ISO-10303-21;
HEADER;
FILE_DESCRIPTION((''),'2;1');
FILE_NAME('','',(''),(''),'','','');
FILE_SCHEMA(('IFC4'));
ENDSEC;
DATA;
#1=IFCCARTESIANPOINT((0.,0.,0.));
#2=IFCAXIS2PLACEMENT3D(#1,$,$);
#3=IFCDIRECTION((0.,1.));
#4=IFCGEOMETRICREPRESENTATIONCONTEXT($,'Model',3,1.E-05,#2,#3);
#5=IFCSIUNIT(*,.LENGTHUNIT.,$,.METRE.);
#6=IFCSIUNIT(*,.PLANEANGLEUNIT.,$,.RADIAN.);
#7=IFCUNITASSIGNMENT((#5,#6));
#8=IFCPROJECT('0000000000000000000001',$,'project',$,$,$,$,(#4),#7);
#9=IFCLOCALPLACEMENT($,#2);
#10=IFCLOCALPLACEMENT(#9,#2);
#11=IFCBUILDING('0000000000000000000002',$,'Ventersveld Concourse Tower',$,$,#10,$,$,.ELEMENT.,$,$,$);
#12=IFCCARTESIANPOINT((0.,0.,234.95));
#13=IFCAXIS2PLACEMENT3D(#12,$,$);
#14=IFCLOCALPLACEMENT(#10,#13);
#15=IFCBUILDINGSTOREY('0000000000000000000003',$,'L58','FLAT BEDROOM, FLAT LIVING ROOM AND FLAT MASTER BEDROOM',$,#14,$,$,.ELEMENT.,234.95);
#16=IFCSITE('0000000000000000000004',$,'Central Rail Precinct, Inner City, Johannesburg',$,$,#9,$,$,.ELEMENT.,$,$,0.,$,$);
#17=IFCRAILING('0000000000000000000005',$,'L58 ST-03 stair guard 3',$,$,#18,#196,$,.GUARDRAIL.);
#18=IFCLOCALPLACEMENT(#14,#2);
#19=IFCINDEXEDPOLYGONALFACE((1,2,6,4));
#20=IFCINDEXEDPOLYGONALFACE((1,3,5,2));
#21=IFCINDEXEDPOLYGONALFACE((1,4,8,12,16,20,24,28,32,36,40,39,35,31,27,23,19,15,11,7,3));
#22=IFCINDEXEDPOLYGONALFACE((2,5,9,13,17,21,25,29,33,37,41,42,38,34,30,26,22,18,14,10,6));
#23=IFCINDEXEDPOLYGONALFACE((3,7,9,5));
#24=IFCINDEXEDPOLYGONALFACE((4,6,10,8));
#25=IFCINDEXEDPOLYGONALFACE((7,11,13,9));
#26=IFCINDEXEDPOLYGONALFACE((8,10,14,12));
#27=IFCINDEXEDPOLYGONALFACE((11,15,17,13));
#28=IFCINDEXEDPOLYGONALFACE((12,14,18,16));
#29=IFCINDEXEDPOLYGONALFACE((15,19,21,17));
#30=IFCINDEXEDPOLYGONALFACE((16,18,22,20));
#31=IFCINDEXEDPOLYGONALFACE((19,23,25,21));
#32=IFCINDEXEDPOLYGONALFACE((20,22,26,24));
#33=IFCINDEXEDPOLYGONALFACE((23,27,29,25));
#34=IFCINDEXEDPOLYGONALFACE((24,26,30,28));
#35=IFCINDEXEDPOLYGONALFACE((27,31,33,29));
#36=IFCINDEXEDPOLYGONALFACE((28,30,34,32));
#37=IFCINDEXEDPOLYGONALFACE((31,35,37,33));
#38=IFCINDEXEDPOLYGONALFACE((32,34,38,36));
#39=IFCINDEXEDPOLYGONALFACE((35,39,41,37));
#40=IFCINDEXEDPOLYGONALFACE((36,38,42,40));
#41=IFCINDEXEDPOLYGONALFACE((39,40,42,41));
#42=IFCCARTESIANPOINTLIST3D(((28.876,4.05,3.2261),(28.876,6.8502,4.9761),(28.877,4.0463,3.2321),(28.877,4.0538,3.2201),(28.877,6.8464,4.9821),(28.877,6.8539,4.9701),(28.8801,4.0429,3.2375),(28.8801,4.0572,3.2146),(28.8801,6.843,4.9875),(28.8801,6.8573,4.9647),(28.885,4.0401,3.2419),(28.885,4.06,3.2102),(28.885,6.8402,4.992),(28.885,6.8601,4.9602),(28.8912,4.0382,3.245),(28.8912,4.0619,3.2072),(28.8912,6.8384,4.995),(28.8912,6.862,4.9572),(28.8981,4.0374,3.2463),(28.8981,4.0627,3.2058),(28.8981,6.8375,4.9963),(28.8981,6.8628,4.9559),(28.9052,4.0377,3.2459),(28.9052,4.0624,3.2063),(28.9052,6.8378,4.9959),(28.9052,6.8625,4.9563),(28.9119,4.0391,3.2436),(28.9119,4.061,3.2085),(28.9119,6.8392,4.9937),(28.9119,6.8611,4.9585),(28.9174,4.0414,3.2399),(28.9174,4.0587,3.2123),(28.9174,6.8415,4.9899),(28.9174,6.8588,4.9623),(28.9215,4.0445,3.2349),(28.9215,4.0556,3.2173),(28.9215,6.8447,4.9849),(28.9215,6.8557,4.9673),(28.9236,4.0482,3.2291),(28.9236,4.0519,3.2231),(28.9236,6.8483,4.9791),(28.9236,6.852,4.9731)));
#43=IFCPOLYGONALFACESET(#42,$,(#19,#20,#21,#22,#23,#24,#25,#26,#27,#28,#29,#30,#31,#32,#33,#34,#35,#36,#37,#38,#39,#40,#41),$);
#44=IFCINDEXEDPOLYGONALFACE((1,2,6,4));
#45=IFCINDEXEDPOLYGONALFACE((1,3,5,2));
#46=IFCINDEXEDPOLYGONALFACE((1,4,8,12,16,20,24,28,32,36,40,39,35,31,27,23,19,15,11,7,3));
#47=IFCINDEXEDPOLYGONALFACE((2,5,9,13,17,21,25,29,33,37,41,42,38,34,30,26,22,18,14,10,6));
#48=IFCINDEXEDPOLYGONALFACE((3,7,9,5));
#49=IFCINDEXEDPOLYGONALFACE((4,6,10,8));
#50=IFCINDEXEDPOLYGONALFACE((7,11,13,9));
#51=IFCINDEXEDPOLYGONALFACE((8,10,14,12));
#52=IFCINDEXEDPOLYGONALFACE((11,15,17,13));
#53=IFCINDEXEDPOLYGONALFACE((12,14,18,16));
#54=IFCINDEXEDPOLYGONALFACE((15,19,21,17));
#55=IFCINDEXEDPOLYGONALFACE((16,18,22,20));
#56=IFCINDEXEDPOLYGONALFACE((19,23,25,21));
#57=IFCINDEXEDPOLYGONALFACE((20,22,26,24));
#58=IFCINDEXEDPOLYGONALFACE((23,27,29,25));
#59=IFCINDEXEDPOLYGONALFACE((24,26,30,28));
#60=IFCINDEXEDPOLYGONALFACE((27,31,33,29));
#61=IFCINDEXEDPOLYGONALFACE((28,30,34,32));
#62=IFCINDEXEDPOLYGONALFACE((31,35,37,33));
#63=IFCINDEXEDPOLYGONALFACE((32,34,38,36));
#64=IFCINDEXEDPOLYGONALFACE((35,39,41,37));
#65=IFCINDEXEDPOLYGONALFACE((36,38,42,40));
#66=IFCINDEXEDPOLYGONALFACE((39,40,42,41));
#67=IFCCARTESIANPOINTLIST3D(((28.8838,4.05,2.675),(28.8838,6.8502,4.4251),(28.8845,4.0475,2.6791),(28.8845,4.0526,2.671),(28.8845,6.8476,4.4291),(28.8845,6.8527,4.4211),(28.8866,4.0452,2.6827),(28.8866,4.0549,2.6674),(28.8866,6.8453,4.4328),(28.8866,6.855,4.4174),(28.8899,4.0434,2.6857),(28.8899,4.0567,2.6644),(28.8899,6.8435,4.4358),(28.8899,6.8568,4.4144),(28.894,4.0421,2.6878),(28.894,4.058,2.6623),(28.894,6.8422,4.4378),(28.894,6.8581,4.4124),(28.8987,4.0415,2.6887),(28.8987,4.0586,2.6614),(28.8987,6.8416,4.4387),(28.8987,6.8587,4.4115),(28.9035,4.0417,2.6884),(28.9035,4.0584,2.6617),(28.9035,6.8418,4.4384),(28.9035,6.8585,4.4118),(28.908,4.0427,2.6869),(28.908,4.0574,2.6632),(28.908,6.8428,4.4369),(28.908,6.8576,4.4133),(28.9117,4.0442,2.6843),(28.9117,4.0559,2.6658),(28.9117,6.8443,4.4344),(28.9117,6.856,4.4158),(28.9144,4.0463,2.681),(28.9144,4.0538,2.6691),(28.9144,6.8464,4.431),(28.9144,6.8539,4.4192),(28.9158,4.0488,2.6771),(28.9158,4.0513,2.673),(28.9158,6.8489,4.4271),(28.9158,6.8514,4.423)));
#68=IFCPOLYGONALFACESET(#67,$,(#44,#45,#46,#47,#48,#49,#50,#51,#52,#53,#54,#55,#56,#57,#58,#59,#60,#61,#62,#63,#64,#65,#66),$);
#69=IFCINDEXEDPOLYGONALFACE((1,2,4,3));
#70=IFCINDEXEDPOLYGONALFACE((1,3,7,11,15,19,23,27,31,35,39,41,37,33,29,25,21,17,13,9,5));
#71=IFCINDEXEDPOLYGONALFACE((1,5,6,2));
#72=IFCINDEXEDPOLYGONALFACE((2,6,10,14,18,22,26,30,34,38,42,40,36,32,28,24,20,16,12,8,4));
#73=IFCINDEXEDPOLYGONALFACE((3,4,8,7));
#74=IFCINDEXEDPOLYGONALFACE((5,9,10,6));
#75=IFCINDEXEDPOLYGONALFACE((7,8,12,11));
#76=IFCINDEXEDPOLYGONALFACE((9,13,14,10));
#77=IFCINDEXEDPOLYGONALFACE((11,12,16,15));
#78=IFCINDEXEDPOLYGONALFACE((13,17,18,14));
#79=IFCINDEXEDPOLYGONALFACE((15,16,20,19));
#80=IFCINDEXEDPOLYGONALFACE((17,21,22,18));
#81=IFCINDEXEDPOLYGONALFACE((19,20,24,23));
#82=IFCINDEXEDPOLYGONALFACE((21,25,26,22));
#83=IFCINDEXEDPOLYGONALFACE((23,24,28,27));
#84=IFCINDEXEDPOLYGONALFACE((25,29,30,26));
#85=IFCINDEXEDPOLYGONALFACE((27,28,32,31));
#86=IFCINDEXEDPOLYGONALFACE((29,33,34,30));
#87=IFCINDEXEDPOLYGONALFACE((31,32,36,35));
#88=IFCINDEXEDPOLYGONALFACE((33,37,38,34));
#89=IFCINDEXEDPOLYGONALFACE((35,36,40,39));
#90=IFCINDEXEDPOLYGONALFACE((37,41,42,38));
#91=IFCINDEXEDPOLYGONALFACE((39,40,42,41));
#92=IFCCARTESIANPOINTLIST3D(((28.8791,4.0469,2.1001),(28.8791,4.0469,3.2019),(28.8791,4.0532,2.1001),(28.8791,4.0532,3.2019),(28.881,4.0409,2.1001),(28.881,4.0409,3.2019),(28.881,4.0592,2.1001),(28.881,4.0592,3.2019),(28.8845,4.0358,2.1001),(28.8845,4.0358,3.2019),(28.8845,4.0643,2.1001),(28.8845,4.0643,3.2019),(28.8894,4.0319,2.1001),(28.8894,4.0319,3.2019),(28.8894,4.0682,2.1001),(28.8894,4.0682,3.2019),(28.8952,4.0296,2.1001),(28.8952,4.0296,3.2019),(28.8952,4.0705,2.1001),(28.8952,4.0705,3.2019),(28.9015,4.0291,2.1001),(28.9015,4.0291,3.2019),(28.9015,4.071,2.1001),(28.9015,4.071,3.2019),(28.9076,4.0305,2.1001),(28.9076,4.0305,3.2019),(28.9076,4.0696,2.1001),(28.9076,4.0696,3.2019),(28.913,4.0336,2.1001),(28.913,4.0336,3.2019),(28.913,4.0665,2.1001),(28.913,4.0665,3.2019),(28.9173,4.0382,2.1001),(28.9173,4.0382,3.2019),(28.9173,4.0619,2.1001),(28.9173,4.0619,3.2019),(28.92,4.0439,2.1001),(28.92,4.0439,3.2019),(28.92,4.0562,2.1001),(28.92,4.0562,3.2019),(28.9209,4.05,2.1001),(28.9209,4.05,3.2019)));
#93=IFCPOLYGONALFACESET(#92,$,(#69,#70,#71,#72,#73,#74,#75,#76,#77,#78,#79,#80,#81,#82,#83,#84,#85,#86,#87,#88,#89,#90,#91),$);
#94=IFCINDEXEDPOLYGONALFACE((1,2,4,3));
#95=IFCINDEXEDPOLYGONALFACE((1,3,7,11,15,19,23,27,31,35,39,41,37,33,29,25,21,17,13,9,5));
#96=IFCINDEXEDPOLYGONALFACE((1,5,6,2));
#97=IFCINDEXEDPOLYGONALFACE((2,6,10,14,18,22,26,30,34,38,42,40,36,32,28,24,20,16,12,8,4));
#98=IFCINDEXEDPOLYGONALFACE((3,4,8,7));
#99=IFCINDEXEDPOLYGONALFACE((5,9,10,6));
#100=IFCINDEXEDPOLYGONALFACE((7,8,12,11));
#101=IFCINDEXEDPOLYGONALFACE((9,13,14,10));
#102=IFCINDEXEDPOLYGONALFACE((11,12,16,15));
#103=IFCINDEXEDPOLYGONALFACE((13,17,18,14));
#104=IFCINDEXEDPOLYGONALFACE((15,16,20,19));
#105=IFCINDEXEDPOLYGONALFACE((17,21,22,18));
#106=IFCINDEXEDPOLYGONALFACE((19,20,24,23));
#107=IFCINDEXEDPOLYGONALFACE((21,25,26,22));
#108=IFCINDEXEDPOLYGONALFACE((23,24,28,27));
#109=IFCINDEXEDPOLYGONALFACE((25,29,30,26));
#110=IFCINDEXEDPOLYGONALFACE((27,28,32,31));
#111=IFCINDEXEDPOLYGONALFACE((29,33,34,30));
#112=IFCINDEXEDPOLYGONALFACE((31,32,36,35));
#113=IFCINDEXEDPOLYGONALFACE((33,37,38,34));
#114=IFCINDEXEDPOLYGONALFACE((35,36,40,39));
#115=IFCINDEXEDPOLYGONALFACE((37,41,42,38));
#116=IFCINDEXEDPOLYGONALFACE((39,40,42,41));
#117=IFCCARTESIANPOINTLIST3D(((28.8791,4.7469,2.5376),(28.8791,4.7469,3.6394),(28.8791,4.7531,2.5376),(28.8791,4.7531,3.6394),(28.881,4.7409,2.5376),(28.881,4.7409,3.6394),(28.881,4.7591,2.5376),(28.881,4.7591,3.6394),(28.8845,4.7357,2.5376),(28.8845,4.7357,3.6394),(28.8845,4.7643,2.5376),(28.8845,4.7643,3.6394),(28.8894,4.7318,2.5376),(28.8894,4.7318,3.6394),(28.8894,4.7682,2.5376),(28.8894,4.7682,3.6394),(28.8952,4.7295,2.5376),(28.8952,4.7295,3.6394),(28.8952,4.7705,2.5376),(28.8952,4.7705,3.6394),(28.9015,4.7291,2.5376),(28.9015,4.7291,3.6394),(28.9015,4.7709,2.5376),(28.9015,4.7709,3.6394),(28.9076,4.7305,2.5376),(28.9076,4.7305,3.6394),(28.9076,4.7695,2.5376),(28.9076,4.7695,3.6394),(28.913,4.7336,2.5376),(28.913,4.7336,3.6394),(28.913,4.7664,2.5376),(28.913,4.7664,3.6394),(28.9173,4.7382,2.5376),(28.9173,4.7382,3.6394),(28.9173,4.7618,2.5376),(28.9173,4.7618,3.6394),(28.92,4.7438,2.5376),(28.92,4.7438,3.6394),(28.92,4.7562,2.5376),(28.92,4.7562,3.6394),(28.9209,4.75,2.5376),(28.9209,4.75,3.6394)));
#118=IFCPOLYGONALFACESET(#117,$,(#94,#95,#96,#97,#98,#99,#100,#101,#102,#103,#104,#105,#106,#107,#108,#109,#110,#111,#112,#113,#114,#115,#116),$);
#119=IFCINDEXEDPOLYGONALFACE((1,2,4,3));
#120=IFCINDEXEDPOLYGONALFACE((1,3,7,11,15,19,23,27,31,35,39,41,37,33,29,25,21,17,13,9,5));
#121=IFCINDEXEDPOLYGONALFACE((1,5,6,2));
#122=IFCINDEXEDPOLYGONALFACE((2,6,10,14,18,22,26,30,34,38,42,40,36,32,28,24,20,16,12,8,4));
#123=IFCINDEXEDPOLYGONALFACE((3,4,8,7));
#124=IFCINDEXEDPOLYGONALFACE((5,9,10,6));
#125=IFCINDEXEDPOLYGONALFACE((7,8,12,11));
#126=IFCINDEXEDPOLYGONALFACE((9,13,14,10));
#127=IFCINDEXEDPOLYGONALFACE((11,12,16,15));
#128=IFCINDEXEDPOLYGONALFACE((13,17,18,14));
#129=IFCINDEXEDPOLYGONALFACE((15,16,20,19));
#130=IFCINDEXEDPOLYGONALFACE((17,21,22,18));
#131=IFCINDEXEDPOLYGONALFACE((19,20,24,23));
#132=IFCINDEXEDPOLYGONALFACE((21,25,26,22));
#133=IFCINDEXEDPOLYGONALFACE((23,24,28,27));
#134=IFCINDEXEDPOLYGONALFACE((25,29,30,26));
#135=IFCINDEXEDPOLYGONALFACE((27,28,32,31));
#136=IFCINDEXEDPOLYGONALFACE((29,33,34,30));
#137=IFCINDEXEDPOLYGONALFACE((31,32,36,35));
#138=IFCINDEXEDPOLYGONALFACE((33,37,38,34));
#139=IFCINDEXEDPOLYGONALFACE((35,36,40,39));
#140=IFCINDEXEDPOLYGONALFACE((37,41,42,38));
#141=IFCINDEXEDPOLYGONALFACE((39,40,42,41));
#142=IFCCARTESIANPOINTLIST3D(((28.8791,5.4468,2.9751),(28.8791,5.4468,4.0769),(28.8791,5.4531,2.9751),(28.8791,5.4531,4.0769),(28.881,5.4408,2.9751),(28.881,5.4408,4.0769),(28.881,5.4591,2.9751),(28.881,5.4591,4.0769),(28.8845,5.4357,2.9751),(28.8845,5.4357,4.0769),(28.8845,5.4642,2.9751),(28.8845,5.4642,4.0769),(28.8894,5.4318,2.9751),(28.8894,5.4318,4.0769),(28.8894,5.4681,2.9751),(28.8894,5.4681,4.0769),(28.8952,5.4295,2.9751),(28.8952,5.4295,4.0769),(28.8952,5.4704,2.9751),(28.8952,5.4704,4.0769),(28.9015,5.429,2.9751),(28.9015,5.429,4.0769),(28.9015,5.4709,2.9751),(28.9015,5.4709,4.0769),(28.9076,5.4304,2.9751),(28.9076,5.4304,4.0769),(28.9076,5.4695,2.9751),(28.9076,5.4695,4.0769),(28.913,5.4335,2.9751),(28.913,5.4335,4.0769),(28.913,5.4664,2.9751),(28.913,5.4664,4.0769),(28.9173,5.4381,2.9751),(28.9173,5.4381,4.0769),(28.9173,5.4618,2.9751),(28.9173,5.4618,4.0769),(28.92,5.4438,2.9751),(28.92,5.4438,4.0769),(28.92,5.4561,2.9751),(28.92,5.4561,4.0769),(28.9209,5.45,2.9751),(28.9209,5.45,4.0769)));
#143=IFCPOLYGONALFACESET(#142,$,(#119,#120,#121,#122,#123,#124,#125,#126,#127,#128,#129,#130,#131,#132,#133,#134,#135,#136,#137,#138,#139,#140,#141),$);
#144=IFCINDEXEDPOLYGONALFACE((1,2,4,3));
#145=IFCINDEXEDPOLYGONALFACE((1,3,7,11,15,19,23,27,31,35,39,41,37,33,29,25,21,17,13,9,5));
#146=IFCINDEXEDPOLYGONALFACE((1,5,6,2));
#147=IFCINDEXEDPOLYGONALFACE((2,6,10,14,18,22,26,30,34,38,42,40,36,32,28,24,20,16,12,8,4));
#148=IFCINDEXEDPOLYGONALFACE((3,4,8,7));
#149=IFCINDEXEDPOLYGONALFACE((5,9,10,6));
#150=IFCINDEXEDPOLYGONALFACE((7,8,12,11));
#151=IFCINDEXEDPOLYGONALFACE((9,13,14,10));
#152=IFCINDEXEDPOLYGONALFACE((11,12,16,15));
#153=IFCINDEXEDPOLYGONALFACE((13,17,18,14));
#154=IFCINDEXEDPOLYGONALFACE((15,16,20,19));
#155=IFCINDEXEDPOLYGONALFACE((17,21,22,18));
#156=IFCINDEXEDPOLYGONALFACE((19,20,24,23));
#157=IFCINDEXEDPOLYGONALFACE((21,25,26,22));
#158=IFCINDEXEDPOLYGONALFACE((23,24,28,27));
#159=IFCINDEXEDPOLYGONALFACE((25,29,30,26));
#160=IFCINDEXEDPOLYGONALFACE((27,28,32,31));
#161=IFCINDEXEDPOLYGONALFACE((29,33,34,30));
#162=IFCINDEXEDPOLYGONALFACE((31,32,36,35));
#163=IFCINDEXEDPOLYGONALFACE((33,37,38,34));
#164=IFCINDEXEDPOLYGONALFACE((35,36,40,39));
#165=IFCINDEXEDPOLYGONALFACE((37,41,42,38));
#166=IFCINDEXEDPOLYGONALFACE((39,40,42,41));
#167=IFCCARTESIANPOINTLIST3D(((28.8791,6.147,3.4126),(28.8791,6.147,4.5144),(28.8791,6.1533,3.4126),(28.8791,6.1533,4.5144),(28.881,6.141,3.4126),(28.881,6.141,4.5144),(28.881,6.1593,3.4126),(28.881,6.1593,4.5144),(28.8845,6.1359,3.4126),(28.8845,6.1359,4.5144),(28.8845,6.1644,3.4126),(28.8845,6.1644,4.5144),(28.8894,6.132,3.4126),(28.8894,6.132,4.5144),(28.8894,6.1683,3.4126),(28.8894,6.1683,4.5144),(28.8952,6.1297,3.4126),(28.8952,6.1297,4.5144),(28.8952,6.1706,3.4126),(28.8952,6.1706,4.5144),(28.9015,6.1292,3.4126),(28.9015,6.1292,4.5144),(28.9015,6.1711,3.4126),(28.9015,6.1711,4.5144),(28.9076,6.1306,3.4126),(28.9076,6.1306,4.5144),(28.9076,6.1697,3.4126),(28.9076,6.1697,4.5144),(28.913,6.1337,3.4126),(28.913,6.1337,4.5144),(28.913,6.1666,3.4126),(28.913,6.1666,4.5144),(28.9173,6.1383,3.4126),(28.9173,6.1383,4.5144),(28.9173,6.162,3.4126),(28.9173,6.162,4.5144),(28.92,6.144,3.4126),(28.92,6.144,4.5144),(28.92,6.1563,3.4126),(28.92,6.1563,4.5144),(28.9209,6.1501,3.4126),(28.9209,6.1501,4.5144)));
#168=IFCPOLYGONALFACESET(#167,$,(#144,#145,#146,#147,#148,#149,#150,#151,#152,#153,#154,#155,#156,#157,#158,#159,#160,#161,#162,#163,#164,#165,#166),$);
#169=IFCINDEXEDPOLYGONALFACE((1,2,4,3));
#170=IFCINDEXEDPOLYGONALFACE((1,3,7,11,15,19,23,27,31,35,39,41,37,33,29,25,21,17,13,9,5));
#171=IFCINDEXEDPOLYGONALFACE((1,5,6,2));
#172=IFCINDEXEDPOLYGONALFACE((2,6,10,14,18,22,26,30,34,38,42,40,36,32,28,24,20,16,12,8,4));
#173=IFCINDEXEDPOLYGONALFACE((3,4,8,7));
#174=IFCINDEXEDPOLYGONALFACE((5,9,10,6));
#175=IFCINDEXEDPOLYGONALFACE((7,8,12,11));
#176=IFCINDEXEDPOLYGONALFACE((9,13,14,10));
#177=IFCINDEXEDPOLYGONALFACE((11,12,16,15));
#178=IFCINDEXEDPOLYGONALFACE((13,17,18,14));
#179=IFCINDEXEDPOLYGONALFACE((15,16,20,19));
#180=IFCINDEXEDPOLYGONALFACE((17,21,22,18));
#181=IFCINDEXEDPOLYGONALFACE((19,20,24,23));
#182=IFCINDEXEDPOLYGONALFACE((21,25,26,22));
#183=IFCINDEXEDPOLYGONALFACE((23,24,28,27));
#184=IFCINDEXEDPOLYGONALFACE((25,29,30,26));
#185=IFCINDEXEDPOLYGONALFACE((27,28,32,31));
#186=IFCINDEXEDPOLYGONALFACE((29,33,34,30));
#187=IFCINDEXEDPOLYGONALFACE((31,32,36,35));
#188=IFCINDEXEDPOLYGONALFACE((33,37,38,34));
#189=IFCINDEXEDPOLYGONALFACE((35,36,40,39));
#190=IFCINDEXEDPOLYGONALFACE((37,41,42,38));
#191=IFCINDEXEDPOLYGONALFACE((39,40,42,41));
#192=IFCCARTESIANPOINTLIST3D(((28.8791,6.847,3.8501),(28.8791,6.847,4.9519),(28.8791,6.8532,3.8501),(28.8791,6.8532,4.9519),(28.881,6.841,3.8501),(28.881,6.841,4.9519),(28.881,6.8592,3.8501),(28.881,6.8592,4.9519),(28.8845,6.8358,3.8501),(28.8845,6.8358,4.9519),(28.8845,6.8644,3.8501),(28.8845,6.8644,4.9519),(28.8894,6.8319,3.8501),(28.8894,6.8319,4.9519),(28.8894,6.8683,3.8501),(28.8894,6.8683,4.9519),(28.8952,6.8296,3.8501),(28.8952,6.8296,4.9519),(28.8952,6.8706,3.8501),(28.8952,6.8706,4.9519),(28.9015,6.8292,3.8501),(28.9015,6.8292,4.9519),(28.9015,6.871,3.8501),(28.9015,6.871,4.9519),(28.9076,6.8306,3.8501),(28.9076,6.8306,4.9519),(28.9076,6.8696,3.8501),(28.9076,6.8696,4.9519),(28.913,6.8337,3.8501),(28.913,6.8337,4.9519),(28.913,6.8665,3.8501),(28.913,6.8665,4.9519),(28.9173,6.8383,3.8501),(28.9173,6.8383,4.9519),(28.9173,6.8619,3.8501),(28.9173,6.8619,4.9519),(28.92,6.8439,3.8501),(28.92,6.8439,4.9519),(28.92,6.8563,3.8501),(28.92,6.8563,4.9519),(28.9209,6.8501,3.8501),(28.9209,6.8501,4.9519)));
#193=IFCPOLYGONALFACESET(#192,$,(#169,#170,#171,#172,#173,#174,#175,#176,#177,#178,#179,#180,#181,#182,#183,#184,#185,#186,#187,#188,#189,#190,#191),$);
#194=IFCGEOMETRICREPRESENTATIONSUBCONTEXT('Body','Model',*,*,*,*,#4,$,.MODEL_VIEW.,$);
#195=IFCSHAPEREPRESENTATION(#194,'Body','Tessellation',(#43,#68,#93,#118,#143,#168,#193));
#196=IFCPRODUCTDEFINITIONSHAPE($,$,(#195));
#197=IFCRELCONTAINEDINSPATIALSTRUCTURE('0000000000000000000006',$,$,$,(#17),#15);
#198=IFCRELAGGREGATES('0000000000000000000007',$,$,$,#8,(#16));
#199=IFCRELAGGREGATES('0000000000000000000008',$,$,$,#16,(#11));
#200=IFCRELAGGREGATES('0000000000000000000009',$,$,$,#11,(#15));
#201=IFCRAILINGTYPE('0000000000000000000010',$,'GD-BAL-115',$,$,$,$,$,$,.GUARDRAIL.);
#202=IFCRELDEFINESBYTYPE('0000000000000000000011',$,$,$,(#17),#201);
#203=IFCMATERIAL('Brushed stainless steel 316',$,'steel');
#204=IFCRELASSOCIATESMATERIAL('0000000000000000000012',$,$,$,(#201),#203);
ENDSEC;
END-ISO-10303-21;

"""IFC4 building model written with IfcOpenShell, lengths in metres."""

from ifc_helpers import new_model, si_unit, direction, frame, origin, origin_2d, place, context, subcontext, project, spatial, circle, extrude, material, type_object, element, save


model = new_model("IFC4")

# Units and contexts
model_context = context("Model", 3, precision=1e-05, world=origin(), true_north=direction((0.0, 1.0)))
body_context = subcontext(model_context, "Body", "Model", "MODEL_VIEW")
ifc_project = project(units=[si_unit("LENGTHUNIT", "METRE"), si_unit("PLANEANGLEUNIT", "RADIAN")], contexts=[model_context])

# Site, building, storey
site_placement = place(None, origin())
site = spatial("IfcSite", under=ifc_project, at=site_placement, Name="Central Rail Precinct, Inner City, Johannesburg", CompositionType="ELEMENT", RefElevation=0.0)
building_placement = place(site_placement, origin())
building = spatial("IfcBuilding", under=site, at=building_placement, Name="Ventersveld Concourse Tower", CompositionType="ELEMENT")
storey_placement = place(building_placement, frame((0.0, 0.0, 234.95)))
storey = spatial("IfcBuildingStorey", under=building, at=storey_placement, Name="L58", Description="FLAT BEDROOM, FLAT LIVING ROOM AND FLAT MASTER BEDROOM", CompositionType="ELEMENT", Elevation=234.95)

# Shared definitions
ifc_material_1 = material(Name="Brushed stainless steel 316", Category="steel")

# Railing
railing_type = type_object("IfcRailingType", Name="GD-BAL-115", PredefinedType="GUARDRAIL", material=ifc_material_1)
railing_1_placement = place(storey_placement, frame((28.8999, 4.05, 2.1001)))
element("IfcRailing", 1, at=railing_1_placement, inside=storey, type_object=railing_type, Name="L58 ST-03 stair guard 3", PredefinedType="GUARDRAIL", context=body_context, shape_type="SweptSolid", body=[
    extrude(circle(Radius=0.0239, at=origin_2d()), frame((0.0, 0.0, 1.126), z_axis=(0.0, 0.848002, 0.529992), x_axis=(-1.0, 0.0, 0.0)), (0.0, 0.0, 1.0), 3.302),
    extrude(circle(Radius=0.0161, at=origin_2d()), frame((0.0, 0.0, 0.575), z_axis=(0.0, 0.848002, 0.529992), x_axis=(-1.0, 0.0, 0.0)), (0.0, 0.0, 1.0), 3.302),
    extrude(circle(Radius=0.021, at=origin_2d()), origin(), (0.0, 0.0, 1.0), 1.1018),
    extrude(circle(Radius=0.021, at=origin_2d()), frame((0.0, 0.7, 0.4375)), (0.0, 0.0, 1.0), 1.1018),
    extrude(circle(Radius=0.021, at=origin_2d()), frame((0.0, 1.3999, 0.875)), (0.0, 0.0, 1.0), 1.1018),
    extrude(circle(Radius=0.021, at=origin_2d()), frame((0.0, 2.1001, 1.3125)), (0.0, 0.0, 1.0), 1.1018),
    extrude(circle(Radius=0.021, at=origin_2d()), frame((0.0, 2.8, 1.75)), (0.0, 0.0, 1.0), 1.1018),
])

save(model, "model.ifc")
